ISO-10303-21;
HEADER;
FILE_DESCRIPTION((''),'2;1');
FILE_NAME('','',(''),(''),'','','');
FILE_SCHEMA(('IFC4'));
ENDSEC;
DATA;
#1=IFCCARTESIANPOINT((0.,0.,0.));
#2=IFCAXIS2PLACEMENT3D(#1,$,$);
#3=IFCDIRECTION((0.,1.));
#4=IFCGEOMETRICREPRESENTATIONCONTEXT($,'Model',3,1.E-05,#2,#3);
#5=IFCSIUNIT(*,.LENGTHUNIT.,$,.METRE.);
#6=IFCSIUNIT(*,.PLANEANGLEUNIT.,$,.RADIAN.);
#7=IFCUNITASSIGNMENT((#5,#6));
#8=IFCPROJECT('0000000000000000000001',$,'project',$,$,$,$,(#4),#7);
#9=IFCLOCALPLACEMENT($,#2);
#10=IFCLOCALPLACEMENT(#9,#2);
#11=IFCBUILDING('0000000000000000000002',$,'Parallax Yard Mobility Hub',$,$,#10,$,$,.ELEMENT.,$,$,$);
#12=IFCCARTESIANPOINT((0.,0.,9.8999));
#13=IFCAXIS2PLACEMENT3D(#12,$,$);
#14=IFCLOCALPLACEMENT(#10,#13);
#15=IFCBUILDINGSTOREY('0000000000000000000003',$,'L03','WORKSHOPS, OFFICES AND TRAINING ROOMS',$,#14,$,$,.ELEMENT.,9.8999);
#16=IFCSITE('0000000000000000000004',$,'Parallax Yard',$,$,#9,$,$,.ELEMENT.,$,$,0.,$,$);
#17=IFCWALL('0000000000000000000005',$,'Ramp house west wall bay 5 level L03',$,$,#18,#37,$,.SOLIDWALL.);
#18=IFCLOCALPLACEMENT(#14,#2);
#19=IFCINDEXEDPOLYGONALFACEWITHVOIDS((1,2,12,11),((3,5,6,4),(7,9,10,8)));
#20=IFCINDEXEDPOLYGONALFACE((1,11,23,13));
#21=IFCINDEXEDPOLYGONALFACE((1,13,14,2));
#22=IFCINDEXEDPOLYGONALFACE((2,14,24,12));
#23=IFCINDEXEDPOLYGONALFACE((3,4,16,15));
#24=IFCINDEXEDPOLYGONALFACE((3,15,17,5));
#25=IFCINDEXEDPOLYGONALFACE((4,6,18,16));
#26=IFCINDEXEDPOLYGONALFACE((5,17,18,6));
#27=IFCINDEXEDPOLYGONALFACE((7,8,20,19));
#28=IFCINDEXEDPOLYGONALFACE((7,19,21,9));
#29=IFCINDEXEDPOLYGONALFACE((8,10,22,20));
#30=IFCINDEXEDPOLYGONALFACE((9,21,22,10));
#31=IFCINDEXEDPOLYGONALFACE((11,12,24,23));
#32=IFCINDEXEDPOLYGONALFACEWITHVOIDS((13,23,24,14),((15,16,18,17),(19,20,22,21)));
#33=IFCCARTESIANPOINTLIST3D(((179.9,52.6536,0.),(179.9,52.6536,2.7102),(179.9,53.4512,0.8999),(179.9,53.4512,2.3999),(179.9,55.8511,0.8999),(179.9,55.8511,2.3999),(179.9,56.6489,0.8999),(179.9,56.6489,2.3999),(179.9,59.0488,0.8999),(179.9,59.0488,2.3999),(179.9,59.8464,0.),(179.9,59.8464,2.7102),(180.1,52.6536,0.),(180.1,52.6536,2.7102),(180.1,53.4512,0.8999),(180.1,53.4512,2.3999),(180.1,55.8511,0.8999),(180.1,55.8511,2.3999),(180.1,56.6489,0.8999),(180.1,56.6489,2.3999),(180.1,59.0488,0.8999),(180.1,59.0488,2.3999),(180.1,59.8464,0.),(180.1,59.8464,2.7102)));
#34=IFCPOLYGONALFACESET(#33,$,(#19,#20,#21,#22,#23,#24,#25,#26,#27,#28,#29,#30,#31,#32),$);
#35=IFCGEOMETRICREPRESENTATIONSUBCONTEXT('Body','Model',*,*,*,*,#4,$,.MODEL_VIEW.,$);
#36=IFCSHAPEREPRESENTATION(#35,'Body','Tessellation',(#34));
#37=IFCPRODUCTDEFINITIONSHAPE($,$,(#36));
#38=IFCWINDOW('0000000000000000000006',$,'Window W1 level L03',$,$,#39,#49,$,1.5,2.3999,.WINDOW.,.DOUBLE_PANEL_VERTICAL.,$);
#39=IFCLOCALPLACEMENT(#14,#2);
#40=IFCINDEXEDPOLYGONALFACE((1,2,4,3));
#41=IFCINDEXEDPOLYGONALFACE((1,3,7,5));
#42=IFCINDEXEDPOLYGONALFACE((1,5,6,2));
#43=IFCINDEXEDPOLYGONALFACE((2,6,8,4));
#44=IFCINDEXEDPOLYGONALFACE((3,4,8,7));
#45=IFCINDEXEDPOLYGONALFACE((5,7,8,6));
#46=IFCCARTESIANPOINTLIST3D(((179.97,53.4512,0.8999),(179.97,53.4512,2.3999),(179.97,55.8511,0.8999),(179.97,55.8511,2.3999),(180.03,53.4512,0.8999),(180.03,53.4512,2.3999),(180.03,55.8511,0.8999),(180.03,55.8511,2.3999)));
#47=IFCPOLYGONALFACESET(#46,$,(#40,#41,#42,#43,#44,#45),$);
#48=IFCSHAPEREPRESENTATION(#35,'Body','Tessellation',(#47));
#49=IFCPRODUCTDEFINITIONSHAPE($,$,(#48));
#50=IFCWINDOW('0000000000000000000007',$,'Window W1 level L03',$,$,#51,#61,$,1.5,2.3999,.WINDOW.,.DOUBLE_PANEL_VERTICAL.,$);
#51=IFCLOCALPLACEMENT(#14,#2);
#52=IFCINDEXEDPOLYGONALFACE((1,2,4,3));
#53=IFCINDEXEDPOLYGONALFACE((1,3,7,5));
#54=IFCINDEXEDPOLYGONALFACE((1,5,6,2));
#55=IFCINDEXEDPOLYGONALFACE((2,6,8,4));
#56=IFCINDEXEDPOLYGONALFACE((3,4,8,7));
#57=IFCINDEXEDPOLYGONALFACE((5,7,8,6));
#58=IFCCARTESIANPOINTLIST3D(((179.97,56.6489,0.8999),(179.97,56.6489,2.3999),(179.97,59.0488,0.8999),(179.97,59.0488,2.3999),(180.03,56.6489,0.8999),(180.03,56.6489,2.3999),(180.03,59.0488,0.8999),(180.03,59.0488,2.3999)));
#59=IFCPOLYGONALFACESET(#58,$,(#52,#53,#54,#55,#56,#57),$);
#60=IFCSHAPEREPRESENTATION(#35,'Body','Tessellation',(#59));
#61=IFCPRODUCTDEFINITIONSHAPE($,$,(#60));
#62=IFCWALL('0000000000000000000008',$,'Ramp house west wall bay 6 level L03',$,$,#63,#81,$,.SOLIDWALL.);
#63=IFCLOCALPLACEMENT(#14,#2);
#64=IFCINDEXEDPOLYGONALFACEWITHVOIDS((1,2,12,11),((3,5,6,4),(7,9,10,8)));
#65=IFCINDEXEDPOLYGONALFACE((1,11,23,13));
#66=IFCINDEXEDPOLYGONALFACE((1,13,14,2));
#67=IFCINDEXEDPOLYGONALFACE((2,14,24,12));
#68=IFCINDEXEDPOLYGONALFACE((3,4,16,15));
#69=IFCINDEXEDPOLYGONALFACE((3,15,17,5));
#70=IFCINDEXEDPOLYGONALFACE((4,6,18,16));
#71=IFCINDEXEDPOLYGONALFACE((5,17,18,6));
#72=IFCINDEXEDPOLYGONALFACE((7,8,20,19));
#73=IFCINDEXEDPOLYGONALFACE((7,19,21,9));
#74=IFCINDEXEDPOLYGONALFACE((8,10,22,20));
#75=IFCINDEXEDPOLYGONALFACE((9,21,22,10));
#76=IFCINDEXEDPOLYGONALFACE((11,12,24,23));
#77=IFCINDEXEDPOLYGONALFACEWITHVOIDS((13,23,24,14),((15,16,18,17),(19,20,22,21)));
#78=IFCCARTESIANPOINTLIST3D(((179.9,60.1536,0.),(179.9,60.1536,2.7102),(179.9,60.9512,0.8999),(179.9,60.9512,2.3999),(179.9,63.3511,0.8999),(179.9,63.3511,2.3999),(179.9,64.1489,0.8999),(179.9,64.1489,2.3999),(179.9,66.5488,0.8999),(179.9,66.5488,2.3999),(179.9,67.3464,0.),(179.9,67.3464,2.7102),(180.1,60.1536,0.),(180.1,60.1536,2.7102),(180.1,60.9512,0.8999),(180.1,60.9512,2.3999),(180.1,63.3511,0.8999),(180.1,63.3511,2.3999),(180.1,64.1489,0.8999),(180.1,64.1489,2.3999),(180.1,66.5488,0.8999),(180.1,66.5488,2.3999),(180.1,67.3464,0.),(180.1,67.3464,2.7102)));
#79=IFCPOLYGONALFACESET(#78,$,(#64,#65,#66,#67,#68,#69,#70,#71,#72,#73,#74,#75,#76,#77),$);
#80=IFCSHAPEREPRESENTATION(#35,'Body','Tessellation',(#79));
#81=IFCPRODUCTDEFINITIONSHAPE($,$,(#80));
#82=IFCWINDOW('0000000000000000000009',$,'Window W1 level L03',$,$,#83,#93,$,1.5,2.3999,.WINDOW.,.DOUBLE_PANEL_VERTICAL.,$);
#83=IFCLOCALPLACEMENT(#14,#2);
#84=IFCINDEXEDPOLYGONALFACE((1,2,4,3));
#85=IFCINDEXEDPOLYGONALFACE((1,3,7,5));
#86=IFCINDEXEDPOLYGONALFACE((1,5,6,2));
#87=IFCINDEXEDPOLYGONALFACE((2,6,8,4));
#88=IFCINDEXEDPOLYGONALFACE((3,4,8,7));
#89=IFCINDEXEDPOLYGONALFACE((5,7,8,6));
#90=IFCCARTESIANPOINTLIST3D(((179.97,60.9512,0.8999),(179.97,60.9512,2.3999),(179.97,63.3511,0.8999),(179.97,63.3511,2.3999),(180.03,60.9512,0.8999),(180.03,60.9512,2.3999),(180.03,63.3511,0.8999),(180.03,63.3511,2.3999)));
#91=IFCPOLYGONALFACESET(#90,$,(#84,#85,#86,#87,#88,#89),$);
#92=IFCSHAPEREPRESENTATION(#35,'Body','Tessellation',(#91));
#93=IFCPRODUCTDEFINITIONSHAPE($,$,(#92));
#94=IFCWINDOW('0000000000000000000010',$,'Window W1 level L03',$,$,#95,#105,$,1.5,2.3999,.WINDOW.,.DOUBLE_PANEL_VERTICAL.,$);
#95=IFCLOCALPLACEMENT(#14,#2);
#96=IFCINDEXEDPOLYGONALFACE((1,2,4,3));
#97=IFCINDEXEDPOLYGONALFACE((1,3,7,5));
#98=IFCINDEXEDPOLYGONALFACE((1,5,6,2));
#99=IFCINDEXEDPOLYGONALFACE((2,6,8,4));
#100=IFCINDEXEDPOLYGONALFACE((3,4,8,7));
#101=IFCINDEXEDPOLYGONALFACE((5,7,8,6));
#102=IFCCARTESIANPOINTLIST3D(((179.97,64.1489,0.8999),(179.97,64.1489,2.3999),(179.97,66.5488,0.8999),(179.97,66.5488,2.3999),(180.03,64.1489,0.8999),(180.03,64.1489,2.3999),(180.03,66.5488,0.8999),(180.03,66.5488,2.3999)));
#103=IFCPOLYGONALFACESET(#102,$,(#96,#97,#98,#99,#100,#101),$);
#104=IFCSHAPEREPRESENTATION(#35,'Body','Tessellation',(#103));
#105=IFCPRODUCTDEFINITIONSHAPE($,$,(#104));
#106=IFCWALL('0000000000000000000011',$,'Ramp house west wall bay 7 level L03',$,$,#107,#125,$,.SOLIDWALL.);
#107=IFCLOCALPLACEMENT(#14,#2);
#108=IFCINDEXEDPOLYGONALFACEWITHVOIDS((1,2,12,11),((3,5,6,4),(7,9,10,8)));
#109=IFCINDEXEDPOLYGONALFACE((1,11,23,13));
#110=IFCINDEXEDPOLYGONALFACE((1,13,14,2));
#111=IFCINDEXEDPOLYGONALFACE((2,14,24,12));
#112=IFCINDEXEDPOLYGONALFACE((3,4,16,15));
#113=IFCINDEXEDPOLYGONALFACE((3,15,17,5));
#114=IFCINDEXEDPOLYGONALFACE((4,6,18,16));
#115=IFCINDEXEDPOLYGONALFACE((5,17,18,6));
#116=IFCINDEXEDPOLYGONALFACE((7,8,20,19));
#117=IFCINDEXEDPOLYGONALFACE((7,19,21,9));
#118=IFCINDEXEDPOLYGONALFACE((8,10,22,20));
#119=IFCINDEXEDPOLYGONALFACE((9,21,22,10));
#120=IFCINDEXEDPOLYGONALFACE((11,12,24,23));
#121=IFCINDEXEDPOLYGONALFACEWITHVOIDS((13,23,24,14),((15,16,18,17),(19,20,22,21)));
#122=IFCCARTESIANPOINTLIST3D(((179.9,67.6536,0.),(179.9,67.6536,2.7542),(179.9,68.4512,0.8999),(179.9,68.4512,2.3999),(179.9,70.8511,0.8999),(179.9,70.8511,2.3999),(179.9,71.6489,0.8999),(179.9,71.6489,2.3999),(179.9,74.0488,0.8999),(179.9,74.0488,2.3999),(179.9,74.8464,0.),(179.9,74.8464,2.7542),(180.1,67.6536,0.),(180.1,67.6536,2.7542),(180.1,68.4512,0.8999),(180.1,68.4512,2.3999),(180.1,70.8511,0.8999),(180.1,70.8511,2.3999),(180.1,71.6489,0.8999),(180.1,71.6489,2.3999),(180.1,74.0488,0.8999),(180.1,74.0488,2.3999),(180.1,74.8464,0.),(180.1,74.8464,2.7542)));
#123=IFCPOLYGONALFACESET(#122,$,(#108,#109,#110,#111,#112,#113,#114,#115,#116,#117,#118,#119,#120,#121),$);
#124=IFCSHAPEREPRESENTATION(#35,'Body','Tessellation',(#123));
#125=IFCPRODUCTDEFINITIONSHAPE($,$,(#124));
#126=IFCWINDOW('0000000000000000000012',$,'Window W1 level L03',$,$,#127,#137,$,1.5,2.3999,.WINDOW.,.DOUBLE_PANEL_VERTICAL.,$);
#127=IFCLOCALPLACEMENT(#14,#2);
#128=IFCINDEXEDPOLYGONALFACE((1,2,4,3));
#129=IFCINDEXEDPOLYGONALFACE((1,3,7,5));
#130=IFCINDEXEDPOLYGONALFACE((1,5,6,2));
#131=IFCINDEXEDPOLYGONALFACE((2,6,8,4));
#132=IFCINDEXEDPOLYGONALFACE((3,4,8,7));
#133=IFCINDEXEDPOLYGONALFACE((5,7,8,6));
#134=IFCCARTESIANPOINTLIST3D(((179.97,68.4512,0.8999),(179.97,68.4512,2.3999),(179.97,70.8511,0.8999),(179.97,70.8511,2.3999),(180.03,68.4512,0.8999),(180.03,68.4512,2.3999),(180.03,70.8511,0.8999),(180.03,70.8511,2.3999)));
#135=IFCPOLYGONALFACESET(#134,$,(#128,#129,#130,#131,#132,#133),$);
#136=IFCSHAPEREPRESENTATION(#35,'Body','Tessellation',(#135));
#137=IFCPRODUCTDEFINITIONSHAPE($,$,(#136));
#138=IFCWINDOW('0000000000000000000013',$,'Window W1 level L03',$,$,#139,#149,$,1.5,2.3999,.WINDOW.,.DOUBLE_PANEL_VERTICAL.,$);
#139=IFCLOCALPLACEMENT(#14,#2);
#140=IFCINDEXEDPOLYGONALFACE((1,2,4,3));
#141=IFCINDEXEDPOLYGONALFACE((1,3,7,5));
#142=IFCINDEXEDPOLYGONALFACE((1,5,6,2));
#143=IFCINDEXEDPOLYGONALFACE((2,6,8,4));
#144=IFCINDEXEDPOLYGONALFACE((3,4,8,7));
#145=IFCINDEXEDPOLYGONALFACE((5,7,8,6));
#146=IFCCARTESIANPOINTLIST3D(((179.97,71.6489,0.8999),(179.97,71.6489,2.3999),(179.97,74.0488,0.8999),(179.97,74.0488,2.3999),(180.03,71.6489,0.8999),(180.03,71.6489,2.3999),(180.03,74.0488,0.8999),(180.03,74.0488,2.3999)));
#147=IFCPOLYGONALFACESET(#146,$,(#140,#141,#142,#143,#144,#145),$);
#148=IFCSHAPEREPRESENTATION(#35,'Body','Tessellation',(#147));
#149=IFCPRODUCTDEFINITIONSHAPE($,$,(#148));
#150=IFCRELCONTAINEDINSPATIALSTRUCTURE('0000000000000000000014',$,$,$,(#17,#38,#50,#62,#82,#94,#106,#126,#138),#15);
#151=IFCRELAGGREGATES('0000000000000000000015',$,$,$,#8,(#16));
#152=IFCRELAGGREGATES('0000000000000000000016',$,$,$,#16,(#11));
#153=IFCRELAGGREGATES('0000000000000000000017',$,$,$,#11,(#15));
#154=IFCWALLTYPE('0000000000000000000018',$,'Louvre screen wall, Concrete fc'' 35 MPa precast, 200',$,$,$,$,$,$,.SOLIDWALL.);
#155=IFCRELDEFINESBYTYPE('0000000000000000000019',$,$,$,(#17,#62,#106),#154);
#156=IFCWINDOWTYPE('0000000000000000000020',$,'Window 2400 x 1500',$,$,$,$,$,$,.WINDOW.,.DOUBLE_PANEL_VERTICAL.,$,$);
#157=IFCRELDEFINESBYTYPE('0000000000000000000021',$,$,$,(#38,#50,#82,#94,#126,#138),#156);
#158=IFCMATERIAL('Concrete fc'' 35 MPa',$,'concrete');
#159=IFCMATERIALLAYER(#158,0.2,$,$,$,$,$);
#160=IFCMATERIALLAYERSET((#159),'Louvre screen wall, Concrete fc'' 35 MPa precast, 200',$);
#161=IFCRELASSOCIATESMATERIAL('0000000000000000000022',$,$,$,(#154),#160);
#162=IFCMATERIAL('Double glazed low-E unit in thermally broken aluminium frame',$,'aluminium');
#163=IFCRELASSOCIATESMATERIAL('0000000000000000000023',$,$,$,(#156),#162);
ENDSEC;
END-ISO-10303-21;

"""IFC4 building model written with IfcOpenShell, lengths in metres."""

from ifc_helpers import new_model, si_unit, direction, frame, frame_2d, origin, place, context, subcontext, project, spatial, rectangle, extrude, material, layer, layer_set, type_object, element, fill, save


model = new_model("IFC4")

# Units and contexts
model_context = context("Model", 3, precision=1e-05, world=origin(), true_north=direction((0.0, 1.0)))
body_context = subcontext(model_context, "Body", "Model", "MODEL_VIEW")
ifc_project = project(units=[si_unit("LENGTHUNIT", "METRE"), si_unit("PLANEANGLEUNIT", "RADIAN")], contexts=[model_context])

# Site, building, storey
site_placement = place(None, origin())
site = spatial("IfcSite", under=ifc_project, at=site_placement, Name="Parallax Yard", CompositionType="ELEMENT", RefElevation=0.0)
building_placement = place(site_placement, origin())
building = spatial("IfcBuilding", under=site, at=building_placement, Name="Parallax Yard Mobility Hub", CompositionType="ELEMENT")
storey_placement = place(building_placement, frame((0.0, 0.0, 9.8999)))
storey = spatial("IfcBuildingStorey", under=building, at=storey_placement, Name="L03", Description="WORKSHOPS, OFFICES AND TRAINING ROOMS", CompositionType="ELEMENT", Elevation=9.8999)

# Walls, openings, windows
ifc_material_1 = material(Name="Concrete fc' 35 MPa", Category="concrete")
ifc_layer_1 = layer(ifc_material_1, 0.2)
ifc_layer_set_1 = layer_set([ifc_layer_1], Name="Louvre screen wall, Concrete fc' 35 MPa precast, 200")
wall_type = type_object("IfcWallType", Name="Louvre screen wall, Concrete fc' 35 MPa precast, 200", PredefinedType="SOLIDWALL", material=ifc_layer_set_1)
wall_1_placement = place(storey_placement, frame((180.0, 52.6536, 0.0), z_axis=(0.0, 0.0, 1.0), x_axis=(0.0, 1.0, 0.0)))
wall_1 = element("IfcWall", 1, at=wall_1_placement, inside=storey, type_object=wall_type, Name="Ramp house west wall bay 5 level L03", PredefinedType="SOLIDWALL", context=body_context, shape_type="SweptSolid", body=[
    extrude(rectangle(XDim=7.1929, YDim=0.2, at=frame_2d((3.5964, 0.0))), origin(), (0.0, 0.0, 1.0), 2.7102),
])
opening_1_placement = place(wall_1_placement, frame((0.7976, 0.0, 0.8999)))
opening_1 = element("IfcOpeningElement", 2, at=opening_1_placement, cuts=wall_1, PredefinedType="OPENING", context=body_context, shape_type="SweptSolid", body=[
    extrude(rectangle(XDim=2.3999, YDim=1.5, at=frame_2d((1.2, 0.75))), frame((0.0, 0.1099, 0.0), z_axis=(0.0, -1.0, 0.0), x_axis=(1.0, 0.0, 0.0)), (0.0, 0.0, 1.0), 0.22),
])
opening_2_placement = place(wall_1_placement, frame((3.9954, 0.0, 0.8999)))
opening_2 = element("IfcOpeningElement", 3, at=opening_2_placement, cuts=wall_1, PredefinedType="OPENING", context=body_context, shape_type="SweptSolid", body=[
    extrude(rectangle(XDim=2.3999, YDim=1.5, at=frame_2d((1.2, 0.75))), frame((0.0, 0.1099, 0.0), z_axis=(0.0, -1.0, 0.0), x_axis=(1.0, 0.0, 0.0)), (0.0, 0.0, 1.0), 0.22),
])
ifc_material_2 = material(Name="Double glazed low-E unit in thermally broken aluminium frame", Category="aluminium")
window_type = type_object("IfcWindowType", Name="Window 2400 x 1500", PartitioningType="DOUBLE_PANEL_VERTICAL", PredefinedType="WINDOW", material=ifc_material_2)
window_1_placement = place(opening_1_placement, origin())
window_1 = element("IfcWindow", 4, at=window_1_placement, inside=storey, type_object=window_type, Name="Window W1 level L03", OverallHeight=1.5, OverallWidth=2.3999, PartitioningType="DOUBLE_PANEL_VERTICAL", PredefinedType="WINDOW", context=body_context, shape_type="SweptSolid", body=[
    extrude(rectangle(XDim=2.3999, YDim=1.5, at=frame_2d((1.2, 0.75))), frame((0.0, 0.03, 0.0), z_axis=(0.0, -1.0, 0.0), x_axis=(1.0, 0.0, 0.0)), (0.0, 0.0, 1.0), 0.0601),
])
fill(opening_1, window_1)
window_2_placement = place(opening_2_placement, origin())
window_2 = element("IfcWindow", 5, at=window_2_placement, inside=storey, type_object=window_type, Name="Window W1 level L03", OverallHeight=1.5, OverallWidth=2.3999, PartitioningType="DOUBLE_PANEL_VERTICAL", PredefinedType="WINDOW", context=body_context, shape_type="SweptSolid", body=[
    extrude(rectangle(XDim=2.3999, YDim=1.5, at=frame_2d((1.2, 0.75))), frame((0.0, 0.03, 0.0), z_axis=(0.0, -1.0, 0.0), x_axis=(1.0, 0.0, 0.0)), (0.0, 0.0, 1.0), 0.0601),
])
fill(opening_2, window_2)
wall_2_placement = place(storey_placement, frame((180.0, 60.1536, 0.0), z_axis=(0.0, 0.0, 1.0), x_axis=(0.0, 1.0, 0.0)))
wall_2 = element("IfcWall", 6, at=wall_2_placement, inside=storey, type_object=wall_type, Name="Ramp house west wall bay 6 level L03", PredefinedType="SOLIDWALL", context=body_context, shape_type="SweptSolid", body=[
    extrude(rectangle(XDim=7.1929, YDim=0.2, at=frame_2d((3.5964, 0.0))), origin(), (0.0, 0.0, 1.0), 2.7102),
])
opening_3_placement = place(wall_2_placement, frame((0.7976, 0.0, 0.8999)))
opening_3 = element("IfcOpeningElement", 7, at=opening_3_placement, cuts=wall_2, PredefinedType="OPENING", context=body_context, shape_type="SweptSolid", body=[
    extrude(rectangle(XDim=2.3999, YDim=1.5, at=frame_2d((1.2, 0.75))), frame((0.0, 0.1099, 0.0), z_axis=(0.0, -1.0, 0.0), x_axis=(1.0, 0.0, 0.0)), (0.0, 0.0, 1.0), 0.22),
])
opening_4_placement = place(wall_2_placement, frame((3.9954, 0.0, 0.8999)))
opening_4 = element("IfcOpeningElement", 8, at=opening_4_placement, cuts=wall_2, PredefinedType="OPENING", context=body_context, shape_type="SweptSolid", body=[
    extrude(rectangle(XDim=2.3999, YDim=1.5, at=frame_2d((1.2, 0.75))), frame((0.0, 0.1099, 0.0), z_axis=(0.0, -1.0, 0.0), x_axis=(1.0, 0.0, 0.0)), (0.0, 0.0, 1.0), 0.22),
])
window_3_placement = place(opening_3_placement, origin())
window_3 = element("IfcWindow", 9, at=window_3_placement, inside=storey, type_object=window_type, Name="Window W1 level L03", OverallHeight=1.5, OverallWidth=2.3999, PartitioningType="DOUBLE_PANEL_VERTICAL", PredefinedType="WINDOW", context=body_context, shape_type="SweptSolid", body=[
    extrude(rectangle(XDim=2.3999, YDim=1.5, at=frame_2d((1.2, 0.75))), frame((0.0, 0.03, 0.0), z_axis=(0.0, -1.0, 0.0), x_axis=(1.0, 0.0, 0.0)), (0.0, 0.0, 1.0), 0.0601),
])
fill(opening_3, window_3)
window_4_placement = place(opening_4_placement, origin())
window_4 = element("IfcWindow", 10, at=window_4_placement, inside=storey, type_object=window_type, Name="Window W1 level L03", OverallHeight=1.5, OverallWidth=2.3999, PartitioningType="DOUBLE_PANEL_VERTICAL", PredefinedType="WINDOW", context=body_context, shape_type="SweptSolid", body=[
    extrude(rectangle(XDim=2.3999, YDim=1.5, at=frame_2d((1.2, 0.75))), frame((0.0, 0.03, 0.0), z_axis=(0.0, -1.0, 0.0), x_axis=(1.0, 0.0, 0.0)), (0.0, 0.0, 1.0), 0.0601),
])
fill(opening_4, window_4)
wall_3_placement = place(storey_placement, frame((180.0, 67.6536, 0.0), z_axis=(0.0, 0.0, 1.0), x_axis=(0.0, 1.0, 0.0)))
wall_3 = element("IfcWall", 11, at=wall_3_placement, inside=storey, type_object=wall_type, Name="Ramp house west wall bay 7 level L03", PredefinedType="SOLIDWALL", context=body_context, shape_type="SweptSolid", body=[
    extrude(rectangle(XDim=7.1929, YDim=0.2, at=frame_2d((3.5964, 0.0))), origin(), (0.0, 0.0, 1.0), 2.7542),
])
opening_5_placement = place(wall_3_placement, frame((0.7976, 0.0, 0.8999)))
opening_5 = element("IfcOpeningElement", 12, at=opening_5_placement, cuts=wall_3, PredefinedType="OPENING", context=body_context, shape_type="SweptSolid", body=[
    extrude(rectangle(XDim=2.3999, YDim=1.5, at=frame_2d((1.2, 0.75))), frame((0.0, 0.1099, 0.0), z_axis=(0.0, -1.0, 0.0), x_axis=(1.0, 0.0, 0.0)), (0.0, 0.0, 1.0), 0.22),
])
opening_6_placement = place(wall_3_placement, frame((3.9954, 0.0, 0.8999)))
opening_6 = element("IfcOpeningElement", 13, at=opening_6_placement, cuts=wall_3, PredefinedType="OPENING", context=body_context, shape_type="SweptSolid", body=[
    extrude(rectangle(XDim=2.3999, YDim=1.5, at=frame_2d((1.2, 0.75))), frame((0.0, 0.1099, 0.0), z_axis=(0.0, -1.0, 0.0), x_axis=(1.0, 0.0, 0.0)), (0.0, 0.0, 1.0), 0.22),
])
window_5_placement = place(opening_5_placement, origin())
window_5 = element("IfcWindow", 14, at=window_5_placement, inside=storey, type_object=window_type, Name="Window W1 level L03", OverallHeight=1.5, OverallWidth=2.3999, PartitioningType="DOUBLE_PANEL_VERTICAL", PredefinedType="WINDOW", context=body_context, shape_type="SweptSolid", body=[
    extrude(rectangle(XDim=2.3999, YDim=1.5, at=frame_2d((1.2, 0.75))), frame((0.0, 0.03, 0.0), z_axis=(0.0, -1.0, 0.0), x_axis=(1.0, 0.0, 0.0)), (0.0, 0.0, 1.0), 0.0601),
])
fill(opening_5, window_5)
window_6_placement = place(opening_6_placement, origin())
window_6 = element("IfcWindow", 15, at=window_6_placement, inside=storey, type_object=window_type, Name="Window W1 level L03", OverallHeight=1.5, OverallWidth=2.3999, PartitioningType="DOUBLE_PANEL_VERTICAL", PredefinedType="WINDOW", context=body_context, shape_type="SweptSolid", body=[
    extrude(rectangle(XDim=2.3999, YDim=1.5, at=frame_2d((1.2, 0.75))), frame((0.0, 0.03, 0.0), z_axis=(0.0, -1.0, 0.0), x_axis=(1.0, 0.0, 0.0)), (0.0, 0.0, 1.0), 0.0601),
])
fill(opening_6, window_6)

save(model, "model.ifc")
